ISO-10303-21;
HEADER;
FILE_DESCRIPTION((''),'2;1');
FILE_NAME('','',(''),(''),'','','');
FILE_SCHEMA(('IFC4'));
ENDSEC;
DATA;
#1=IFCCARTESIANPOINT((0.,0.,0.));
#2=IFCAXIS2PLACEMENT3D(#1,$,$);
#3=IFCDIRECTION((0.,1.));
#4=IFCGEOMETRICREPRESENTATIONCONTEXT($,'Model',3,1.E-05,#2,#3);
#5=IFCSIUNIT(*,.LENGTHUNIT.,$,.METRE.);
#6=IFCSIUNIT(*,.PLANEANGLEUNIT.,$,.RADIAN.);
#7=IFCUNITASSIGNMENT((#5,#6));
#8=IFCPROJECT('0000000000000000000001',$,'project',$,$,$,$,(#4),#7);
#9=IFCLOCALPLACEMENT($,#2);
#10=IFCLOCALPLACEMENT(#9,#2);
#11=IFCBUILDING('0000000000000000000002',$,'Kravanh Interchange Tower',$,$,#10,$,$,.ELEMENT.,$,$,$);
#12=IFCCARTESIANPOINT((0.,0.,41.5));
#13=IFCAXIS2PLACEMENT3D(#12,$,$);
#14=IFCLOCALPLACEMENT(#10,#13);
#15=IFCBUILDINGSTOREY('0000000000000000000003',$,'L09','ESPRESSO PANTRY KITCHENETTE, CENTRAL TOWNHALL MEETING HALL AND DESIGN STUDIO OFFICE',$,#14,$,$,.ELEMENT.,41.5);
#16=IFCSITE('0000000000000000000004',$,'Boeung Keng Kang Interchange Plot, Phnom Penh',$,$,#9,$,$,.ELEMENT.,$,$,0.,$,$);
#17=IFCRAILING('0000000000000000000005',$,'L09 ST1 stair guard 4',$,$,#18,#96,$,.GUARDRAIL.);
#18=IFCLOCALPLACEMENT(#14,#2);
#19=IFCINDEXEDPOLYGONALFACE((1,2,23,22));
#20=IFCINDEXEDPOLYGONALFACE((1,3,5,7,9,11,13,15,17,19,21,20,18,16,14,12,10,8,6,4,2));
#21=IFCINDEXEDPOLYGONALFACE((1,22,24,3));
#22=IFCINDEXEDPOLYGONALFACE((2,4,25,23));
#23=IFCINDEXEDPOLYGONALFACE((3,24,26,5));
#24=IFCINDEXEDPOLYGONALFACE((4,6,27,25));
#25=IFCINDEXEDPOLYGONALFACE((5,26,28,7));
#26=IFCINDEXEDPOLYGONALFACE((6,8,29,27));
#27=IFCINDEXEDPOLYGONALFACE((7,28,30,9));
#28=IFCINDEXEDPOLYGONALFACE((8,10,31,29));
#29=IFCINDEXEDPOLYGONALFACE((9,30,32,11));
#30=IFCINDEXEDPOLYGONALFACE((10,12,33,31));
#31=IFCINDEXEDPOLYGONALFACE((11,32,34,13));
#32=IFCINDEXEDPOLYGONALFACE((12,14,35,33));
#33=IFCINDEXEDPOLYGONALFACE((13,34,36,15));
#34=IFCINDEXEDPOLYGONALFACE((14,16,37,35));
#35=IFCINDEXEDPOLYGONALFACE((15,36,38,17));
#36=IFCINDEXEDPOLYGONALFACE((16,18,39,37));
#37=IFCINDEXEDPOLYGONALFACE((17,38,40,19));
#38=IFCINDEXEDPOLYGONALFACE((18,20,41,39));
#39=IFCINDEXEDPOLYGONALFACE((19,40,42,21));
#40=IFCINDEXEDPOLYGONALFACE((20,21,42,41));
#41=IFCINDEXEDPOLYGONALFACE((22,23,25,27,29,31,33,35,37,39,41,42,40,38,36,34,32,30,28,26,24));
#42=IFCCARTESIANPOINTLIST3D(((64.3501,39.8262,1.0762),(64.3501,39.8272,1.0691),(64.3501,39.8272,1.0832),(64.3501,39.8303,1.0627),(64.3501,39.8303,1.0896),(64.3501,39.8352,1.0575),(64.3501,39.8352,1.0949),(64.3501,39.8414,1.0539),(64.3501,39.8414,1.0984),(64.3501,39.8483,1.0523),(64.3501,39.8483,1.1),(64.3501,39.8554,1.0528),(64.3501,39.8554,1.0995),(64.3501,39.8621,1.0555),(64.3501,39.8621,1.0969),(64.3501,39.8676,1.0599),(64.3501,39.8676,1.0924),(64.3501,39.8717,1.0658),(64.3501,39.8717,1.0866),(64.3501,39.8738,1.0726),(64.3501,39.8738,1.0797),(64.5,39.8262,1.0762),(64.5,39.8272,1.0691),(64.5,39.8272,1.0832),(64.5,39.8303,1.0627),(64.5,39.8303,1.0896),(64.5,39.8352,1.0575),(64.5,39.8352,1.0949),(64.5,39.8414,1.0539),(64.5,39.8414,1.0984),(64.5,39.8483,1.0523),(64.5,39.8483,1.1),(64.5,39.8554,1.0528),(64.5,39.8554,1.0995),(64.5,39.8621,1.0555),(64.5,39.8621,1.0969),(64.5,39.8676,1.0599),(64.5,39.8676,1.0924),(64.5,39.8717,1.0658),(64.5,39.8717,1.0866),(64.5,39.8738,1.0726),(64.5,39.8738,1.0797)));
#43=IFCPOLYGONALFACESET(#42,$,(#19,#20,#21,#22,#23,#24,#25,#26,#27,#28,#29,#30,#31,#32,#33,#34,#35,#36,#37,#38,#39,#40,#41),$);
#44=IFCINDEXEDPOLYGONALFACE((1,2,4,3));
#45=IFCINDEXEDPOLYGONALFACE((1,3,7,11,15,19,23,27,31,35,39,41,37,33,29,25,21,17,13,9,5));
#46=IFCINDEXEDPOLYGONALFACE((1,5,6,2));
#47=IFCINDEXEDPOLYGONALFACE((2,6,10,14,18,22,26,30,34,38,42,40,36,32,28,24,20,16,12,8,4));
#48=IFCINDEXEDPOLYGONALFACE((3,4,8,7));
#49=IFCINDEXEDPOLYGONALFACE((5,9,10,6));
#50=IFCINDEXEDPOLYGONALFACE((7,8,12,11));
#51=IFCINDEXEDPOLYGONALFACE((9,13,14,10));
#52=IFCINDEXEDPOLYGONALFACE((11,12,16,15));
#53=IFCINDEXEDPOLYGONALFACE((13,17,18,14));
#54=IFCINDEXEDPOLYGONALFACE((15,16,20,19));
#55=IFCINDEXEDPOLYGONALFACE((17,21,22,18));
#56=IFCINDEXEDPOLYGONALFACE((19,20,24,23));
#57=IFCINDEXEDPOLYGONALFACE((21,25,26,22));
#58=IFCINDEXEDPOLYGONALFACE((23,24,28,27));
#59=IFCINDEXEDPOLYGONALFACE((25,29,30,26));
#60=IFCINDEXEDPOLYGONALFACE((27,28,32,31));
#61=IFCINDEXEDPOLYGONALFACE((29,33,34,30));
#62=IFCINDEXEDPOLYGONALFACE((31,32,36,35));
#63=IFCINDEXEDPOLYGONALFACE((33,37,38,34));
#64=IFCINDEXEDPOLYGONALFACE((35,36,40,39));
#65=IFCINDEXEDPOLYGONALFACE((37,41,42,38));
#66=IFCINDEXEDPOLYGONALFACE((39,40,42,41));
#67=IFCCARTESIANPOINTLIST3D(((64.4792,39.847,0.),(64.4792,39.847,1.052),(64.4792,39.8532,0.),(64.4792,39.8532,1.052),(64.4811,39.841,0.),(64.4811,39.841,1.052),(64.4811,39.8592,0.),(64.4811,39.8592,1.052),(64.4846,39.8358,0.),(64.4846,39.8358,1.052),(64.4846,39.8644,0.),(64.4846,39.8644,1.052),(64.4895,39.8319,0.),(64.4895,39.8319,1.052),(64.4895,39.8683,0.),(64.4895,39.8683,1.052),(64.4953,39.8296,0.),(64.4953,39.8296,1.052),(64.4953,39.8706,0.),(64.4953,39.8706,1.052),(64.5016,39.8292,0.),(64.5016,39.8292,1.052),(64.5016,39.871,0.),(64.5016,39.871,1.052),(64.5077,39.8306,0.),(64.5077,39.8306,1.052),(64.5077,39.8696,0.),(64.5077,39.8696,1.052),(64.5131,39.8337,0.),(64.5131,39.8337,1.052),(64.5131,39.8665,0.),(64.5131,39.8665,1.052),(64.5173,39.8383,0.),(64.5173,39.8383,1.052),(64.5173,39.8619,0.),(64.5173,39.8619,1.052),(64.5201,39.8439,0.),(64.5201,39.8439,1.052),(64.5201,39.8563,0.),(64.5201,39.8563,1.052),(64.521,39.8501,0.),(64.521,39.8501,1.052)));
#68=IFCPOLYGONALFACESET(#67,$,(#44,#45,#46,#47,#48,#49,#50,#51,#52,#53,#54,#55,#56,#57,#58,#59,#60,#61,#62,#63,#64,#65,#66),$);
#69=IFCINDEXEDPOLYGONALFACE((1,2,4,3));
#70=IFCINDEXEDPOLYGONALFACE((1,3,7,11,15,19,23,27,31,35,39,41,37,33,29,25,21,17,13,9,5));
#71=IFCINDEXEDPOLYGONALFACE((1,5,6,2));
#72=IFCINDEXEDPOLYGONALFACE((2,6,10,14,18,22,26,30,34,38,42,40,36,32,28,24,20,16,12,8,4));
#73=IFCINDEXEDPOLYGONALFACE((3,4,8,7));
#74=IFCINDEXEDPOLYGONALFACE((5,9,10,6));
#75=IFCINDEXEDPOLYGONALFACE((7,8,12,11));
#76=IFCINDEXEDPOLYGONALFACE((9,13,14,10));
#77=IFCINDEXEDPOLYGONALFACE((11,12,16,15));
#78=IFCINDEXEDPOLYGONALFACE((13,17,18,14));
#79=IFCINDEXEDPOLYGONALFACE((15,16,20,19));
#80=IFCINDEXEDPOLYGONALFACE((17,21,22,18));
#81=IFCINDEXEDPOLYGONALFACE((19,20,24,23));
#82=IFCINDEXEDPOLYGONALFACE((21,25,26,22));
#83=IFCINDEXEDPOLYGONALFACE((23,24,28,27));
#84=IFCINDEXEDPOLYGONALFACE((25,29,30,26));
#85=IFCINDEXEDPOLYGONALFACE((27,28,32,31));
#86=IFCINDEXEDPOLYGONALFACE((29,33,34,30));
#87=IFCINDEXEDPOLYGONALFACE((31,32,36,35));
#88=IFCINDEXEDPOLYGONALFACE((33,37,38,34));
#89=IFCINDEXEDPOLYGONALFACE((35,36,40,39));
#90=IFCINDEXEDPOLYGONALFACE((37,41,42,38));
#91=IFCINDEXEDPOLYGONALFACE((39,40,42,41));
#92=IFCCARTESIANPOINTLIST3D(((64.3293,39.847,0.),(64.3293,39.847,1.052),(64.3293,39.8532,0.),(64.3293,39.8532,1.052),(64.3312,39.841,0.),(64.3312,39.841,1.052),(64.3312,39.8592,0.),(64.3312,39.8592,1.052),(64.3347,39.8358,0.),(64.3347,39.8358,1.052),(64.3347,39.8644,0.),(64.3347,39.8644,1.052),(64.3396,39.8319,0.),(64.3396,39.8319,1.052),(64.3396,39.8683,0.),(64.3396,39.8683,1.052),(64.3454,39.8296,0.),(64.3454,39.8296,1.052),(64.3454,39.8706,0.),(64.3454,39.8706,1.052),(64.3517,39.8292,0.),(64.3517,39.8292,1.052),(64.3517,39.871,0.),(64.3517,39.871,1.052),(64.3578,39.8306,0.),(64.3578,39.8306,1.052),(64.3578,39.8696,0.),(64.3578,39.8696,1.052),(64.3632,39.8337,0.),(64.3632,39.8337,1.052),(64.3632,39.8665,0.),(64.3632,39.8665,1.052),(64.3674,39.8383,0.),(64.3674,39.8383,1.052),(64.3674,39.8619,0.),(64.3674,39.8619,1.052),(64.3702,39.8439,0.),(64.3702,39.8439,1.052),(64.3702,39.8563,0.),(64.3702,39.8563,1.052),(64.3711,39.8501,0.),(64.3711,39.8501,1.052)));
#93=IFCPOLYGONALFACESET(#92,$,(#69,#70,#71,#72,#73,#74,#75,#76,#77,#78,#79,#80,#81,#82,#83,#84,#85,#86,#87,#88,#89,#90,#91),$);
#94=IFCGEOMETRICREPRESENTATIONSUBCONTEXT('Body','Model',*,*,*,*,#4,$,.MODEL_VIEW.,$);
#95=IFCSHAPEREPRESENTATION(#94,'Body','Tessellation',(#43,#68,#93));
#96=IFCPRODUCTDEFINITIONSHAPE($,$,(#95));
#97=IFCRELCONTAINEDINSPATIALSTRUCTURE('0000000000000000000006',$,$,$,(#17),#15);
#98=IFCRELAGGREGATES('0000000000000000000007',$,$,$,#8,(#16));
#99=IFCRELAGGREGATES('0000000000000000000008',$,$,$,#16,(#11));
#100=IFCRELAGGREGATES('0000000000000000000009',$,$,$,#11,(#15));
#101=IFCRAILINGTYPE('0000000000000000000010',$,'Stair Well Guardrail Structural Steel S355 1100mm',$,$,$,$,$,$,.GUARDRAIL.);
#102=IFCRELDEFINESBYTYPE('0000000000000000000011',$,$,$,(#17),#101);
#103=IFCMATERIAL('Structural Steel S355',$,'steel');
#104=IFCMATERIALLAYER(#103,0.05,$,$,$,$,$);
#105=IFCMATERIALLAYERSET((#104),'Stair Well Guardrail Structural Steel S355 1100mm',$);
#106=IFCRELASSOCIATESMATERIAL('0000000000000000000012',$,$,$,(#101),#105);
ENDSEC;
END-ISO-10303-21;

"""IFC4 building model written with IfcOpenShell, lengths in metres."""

from ifc_helpers import new_model, si_unit, direction, frame, origin, origin_2d, place, context, subcontext, project, spatial, circle, extrude, material, layer, layer_set, type_object, element, save


model = new_model("IFC4")

# Units and contexts
model_context = context("Model", 3, precision=1e-05, world=origin(), true_north=direction((0.0, 1.0)))
body_context = subcontext(model_context, "Body", "Model", "MODEL_VIEW")
ifc_project = project(units=[si_unit("LENGTHUNIT", "METRE"), si_unit("PLANEANGLEUNIT", "RADIAN")], contexts=[model_context])

# Site, building, storey
site_placement = place(None, origin())
site = spatial("IfcSite", under=ifc_project, at=site_placement, Name="Boeung Keng Kang Interchange Plot, Phnom Penh", CompositionType="ELEMENT", RefElevation=0.0)
building_placement = place(site_placement, origin())
building = spatial("IfcBuilding", under=site, at=building_placement, Name="Kravanh Interchange Tower", CompositionType="ELEMENT")
storey_placement = place(building_placement, frame((0.0, 0.0, 41.5)))
storey = spatial("IfcBuildingStorey", under=building, at=storey_placement, Name="L09", Description="ESPRESSO PANTRY KITCHENETTE, CENTRAL TOWNHALL MEETING HALL AND DESIGN STUDIO OFFICE", CompositionType="ELEMENT", Elevation=41.5)

# Railing
ifc_material_1 = material(Name="Structural Steel S355", Category="steel")
ifc_layer_1 = layer(ifc_material_1, 0.05)
ifc_layer_set_1 = layer_set([ifc_layer_1], Name="Stair Well Guardrail Structural Steel S355 1100mm")
railing_type_1 = type_object("IfcRailingType", Name="Stair Well Guardrail Structural Steel S355 1100mm", PredefinedType="GUARDRAIL", material=ifc_layer_set_1)
railing_1_placement = place(storey_placement, frame((64.5, 39.8501, 0.0)))
element("IfcRailing", 1, at=railing_1_placement, inside=storey, type_object=railing_type_1, Name="L09 ST1 stair guard 4", PredefinedType="GUARDRAIL", context=body_context, shape_type="SweptSolid", body=[
    extrude(circle(Radius=0.0239, at=origin_2d()), frame((0.0, 0.0, 1.0762), z_axis=(-1.0, 0.0, 0.0), x_axis=(0.0, -1.0, 0.0)), (0.0, 0.0, 1.0), 0.1499),
    extrude(circle(Radius=0.021, at=origin_2d()), origin(), (0.0, 0.0, 1.0), 1.052),
    extrude(circle(Radius=0.021, at=origin_2d()), frame((-0.1499, 0.0, 0.0)), (0.0, 0.0, 1.0), 1.052),
])

save(model, "model.ifc")
